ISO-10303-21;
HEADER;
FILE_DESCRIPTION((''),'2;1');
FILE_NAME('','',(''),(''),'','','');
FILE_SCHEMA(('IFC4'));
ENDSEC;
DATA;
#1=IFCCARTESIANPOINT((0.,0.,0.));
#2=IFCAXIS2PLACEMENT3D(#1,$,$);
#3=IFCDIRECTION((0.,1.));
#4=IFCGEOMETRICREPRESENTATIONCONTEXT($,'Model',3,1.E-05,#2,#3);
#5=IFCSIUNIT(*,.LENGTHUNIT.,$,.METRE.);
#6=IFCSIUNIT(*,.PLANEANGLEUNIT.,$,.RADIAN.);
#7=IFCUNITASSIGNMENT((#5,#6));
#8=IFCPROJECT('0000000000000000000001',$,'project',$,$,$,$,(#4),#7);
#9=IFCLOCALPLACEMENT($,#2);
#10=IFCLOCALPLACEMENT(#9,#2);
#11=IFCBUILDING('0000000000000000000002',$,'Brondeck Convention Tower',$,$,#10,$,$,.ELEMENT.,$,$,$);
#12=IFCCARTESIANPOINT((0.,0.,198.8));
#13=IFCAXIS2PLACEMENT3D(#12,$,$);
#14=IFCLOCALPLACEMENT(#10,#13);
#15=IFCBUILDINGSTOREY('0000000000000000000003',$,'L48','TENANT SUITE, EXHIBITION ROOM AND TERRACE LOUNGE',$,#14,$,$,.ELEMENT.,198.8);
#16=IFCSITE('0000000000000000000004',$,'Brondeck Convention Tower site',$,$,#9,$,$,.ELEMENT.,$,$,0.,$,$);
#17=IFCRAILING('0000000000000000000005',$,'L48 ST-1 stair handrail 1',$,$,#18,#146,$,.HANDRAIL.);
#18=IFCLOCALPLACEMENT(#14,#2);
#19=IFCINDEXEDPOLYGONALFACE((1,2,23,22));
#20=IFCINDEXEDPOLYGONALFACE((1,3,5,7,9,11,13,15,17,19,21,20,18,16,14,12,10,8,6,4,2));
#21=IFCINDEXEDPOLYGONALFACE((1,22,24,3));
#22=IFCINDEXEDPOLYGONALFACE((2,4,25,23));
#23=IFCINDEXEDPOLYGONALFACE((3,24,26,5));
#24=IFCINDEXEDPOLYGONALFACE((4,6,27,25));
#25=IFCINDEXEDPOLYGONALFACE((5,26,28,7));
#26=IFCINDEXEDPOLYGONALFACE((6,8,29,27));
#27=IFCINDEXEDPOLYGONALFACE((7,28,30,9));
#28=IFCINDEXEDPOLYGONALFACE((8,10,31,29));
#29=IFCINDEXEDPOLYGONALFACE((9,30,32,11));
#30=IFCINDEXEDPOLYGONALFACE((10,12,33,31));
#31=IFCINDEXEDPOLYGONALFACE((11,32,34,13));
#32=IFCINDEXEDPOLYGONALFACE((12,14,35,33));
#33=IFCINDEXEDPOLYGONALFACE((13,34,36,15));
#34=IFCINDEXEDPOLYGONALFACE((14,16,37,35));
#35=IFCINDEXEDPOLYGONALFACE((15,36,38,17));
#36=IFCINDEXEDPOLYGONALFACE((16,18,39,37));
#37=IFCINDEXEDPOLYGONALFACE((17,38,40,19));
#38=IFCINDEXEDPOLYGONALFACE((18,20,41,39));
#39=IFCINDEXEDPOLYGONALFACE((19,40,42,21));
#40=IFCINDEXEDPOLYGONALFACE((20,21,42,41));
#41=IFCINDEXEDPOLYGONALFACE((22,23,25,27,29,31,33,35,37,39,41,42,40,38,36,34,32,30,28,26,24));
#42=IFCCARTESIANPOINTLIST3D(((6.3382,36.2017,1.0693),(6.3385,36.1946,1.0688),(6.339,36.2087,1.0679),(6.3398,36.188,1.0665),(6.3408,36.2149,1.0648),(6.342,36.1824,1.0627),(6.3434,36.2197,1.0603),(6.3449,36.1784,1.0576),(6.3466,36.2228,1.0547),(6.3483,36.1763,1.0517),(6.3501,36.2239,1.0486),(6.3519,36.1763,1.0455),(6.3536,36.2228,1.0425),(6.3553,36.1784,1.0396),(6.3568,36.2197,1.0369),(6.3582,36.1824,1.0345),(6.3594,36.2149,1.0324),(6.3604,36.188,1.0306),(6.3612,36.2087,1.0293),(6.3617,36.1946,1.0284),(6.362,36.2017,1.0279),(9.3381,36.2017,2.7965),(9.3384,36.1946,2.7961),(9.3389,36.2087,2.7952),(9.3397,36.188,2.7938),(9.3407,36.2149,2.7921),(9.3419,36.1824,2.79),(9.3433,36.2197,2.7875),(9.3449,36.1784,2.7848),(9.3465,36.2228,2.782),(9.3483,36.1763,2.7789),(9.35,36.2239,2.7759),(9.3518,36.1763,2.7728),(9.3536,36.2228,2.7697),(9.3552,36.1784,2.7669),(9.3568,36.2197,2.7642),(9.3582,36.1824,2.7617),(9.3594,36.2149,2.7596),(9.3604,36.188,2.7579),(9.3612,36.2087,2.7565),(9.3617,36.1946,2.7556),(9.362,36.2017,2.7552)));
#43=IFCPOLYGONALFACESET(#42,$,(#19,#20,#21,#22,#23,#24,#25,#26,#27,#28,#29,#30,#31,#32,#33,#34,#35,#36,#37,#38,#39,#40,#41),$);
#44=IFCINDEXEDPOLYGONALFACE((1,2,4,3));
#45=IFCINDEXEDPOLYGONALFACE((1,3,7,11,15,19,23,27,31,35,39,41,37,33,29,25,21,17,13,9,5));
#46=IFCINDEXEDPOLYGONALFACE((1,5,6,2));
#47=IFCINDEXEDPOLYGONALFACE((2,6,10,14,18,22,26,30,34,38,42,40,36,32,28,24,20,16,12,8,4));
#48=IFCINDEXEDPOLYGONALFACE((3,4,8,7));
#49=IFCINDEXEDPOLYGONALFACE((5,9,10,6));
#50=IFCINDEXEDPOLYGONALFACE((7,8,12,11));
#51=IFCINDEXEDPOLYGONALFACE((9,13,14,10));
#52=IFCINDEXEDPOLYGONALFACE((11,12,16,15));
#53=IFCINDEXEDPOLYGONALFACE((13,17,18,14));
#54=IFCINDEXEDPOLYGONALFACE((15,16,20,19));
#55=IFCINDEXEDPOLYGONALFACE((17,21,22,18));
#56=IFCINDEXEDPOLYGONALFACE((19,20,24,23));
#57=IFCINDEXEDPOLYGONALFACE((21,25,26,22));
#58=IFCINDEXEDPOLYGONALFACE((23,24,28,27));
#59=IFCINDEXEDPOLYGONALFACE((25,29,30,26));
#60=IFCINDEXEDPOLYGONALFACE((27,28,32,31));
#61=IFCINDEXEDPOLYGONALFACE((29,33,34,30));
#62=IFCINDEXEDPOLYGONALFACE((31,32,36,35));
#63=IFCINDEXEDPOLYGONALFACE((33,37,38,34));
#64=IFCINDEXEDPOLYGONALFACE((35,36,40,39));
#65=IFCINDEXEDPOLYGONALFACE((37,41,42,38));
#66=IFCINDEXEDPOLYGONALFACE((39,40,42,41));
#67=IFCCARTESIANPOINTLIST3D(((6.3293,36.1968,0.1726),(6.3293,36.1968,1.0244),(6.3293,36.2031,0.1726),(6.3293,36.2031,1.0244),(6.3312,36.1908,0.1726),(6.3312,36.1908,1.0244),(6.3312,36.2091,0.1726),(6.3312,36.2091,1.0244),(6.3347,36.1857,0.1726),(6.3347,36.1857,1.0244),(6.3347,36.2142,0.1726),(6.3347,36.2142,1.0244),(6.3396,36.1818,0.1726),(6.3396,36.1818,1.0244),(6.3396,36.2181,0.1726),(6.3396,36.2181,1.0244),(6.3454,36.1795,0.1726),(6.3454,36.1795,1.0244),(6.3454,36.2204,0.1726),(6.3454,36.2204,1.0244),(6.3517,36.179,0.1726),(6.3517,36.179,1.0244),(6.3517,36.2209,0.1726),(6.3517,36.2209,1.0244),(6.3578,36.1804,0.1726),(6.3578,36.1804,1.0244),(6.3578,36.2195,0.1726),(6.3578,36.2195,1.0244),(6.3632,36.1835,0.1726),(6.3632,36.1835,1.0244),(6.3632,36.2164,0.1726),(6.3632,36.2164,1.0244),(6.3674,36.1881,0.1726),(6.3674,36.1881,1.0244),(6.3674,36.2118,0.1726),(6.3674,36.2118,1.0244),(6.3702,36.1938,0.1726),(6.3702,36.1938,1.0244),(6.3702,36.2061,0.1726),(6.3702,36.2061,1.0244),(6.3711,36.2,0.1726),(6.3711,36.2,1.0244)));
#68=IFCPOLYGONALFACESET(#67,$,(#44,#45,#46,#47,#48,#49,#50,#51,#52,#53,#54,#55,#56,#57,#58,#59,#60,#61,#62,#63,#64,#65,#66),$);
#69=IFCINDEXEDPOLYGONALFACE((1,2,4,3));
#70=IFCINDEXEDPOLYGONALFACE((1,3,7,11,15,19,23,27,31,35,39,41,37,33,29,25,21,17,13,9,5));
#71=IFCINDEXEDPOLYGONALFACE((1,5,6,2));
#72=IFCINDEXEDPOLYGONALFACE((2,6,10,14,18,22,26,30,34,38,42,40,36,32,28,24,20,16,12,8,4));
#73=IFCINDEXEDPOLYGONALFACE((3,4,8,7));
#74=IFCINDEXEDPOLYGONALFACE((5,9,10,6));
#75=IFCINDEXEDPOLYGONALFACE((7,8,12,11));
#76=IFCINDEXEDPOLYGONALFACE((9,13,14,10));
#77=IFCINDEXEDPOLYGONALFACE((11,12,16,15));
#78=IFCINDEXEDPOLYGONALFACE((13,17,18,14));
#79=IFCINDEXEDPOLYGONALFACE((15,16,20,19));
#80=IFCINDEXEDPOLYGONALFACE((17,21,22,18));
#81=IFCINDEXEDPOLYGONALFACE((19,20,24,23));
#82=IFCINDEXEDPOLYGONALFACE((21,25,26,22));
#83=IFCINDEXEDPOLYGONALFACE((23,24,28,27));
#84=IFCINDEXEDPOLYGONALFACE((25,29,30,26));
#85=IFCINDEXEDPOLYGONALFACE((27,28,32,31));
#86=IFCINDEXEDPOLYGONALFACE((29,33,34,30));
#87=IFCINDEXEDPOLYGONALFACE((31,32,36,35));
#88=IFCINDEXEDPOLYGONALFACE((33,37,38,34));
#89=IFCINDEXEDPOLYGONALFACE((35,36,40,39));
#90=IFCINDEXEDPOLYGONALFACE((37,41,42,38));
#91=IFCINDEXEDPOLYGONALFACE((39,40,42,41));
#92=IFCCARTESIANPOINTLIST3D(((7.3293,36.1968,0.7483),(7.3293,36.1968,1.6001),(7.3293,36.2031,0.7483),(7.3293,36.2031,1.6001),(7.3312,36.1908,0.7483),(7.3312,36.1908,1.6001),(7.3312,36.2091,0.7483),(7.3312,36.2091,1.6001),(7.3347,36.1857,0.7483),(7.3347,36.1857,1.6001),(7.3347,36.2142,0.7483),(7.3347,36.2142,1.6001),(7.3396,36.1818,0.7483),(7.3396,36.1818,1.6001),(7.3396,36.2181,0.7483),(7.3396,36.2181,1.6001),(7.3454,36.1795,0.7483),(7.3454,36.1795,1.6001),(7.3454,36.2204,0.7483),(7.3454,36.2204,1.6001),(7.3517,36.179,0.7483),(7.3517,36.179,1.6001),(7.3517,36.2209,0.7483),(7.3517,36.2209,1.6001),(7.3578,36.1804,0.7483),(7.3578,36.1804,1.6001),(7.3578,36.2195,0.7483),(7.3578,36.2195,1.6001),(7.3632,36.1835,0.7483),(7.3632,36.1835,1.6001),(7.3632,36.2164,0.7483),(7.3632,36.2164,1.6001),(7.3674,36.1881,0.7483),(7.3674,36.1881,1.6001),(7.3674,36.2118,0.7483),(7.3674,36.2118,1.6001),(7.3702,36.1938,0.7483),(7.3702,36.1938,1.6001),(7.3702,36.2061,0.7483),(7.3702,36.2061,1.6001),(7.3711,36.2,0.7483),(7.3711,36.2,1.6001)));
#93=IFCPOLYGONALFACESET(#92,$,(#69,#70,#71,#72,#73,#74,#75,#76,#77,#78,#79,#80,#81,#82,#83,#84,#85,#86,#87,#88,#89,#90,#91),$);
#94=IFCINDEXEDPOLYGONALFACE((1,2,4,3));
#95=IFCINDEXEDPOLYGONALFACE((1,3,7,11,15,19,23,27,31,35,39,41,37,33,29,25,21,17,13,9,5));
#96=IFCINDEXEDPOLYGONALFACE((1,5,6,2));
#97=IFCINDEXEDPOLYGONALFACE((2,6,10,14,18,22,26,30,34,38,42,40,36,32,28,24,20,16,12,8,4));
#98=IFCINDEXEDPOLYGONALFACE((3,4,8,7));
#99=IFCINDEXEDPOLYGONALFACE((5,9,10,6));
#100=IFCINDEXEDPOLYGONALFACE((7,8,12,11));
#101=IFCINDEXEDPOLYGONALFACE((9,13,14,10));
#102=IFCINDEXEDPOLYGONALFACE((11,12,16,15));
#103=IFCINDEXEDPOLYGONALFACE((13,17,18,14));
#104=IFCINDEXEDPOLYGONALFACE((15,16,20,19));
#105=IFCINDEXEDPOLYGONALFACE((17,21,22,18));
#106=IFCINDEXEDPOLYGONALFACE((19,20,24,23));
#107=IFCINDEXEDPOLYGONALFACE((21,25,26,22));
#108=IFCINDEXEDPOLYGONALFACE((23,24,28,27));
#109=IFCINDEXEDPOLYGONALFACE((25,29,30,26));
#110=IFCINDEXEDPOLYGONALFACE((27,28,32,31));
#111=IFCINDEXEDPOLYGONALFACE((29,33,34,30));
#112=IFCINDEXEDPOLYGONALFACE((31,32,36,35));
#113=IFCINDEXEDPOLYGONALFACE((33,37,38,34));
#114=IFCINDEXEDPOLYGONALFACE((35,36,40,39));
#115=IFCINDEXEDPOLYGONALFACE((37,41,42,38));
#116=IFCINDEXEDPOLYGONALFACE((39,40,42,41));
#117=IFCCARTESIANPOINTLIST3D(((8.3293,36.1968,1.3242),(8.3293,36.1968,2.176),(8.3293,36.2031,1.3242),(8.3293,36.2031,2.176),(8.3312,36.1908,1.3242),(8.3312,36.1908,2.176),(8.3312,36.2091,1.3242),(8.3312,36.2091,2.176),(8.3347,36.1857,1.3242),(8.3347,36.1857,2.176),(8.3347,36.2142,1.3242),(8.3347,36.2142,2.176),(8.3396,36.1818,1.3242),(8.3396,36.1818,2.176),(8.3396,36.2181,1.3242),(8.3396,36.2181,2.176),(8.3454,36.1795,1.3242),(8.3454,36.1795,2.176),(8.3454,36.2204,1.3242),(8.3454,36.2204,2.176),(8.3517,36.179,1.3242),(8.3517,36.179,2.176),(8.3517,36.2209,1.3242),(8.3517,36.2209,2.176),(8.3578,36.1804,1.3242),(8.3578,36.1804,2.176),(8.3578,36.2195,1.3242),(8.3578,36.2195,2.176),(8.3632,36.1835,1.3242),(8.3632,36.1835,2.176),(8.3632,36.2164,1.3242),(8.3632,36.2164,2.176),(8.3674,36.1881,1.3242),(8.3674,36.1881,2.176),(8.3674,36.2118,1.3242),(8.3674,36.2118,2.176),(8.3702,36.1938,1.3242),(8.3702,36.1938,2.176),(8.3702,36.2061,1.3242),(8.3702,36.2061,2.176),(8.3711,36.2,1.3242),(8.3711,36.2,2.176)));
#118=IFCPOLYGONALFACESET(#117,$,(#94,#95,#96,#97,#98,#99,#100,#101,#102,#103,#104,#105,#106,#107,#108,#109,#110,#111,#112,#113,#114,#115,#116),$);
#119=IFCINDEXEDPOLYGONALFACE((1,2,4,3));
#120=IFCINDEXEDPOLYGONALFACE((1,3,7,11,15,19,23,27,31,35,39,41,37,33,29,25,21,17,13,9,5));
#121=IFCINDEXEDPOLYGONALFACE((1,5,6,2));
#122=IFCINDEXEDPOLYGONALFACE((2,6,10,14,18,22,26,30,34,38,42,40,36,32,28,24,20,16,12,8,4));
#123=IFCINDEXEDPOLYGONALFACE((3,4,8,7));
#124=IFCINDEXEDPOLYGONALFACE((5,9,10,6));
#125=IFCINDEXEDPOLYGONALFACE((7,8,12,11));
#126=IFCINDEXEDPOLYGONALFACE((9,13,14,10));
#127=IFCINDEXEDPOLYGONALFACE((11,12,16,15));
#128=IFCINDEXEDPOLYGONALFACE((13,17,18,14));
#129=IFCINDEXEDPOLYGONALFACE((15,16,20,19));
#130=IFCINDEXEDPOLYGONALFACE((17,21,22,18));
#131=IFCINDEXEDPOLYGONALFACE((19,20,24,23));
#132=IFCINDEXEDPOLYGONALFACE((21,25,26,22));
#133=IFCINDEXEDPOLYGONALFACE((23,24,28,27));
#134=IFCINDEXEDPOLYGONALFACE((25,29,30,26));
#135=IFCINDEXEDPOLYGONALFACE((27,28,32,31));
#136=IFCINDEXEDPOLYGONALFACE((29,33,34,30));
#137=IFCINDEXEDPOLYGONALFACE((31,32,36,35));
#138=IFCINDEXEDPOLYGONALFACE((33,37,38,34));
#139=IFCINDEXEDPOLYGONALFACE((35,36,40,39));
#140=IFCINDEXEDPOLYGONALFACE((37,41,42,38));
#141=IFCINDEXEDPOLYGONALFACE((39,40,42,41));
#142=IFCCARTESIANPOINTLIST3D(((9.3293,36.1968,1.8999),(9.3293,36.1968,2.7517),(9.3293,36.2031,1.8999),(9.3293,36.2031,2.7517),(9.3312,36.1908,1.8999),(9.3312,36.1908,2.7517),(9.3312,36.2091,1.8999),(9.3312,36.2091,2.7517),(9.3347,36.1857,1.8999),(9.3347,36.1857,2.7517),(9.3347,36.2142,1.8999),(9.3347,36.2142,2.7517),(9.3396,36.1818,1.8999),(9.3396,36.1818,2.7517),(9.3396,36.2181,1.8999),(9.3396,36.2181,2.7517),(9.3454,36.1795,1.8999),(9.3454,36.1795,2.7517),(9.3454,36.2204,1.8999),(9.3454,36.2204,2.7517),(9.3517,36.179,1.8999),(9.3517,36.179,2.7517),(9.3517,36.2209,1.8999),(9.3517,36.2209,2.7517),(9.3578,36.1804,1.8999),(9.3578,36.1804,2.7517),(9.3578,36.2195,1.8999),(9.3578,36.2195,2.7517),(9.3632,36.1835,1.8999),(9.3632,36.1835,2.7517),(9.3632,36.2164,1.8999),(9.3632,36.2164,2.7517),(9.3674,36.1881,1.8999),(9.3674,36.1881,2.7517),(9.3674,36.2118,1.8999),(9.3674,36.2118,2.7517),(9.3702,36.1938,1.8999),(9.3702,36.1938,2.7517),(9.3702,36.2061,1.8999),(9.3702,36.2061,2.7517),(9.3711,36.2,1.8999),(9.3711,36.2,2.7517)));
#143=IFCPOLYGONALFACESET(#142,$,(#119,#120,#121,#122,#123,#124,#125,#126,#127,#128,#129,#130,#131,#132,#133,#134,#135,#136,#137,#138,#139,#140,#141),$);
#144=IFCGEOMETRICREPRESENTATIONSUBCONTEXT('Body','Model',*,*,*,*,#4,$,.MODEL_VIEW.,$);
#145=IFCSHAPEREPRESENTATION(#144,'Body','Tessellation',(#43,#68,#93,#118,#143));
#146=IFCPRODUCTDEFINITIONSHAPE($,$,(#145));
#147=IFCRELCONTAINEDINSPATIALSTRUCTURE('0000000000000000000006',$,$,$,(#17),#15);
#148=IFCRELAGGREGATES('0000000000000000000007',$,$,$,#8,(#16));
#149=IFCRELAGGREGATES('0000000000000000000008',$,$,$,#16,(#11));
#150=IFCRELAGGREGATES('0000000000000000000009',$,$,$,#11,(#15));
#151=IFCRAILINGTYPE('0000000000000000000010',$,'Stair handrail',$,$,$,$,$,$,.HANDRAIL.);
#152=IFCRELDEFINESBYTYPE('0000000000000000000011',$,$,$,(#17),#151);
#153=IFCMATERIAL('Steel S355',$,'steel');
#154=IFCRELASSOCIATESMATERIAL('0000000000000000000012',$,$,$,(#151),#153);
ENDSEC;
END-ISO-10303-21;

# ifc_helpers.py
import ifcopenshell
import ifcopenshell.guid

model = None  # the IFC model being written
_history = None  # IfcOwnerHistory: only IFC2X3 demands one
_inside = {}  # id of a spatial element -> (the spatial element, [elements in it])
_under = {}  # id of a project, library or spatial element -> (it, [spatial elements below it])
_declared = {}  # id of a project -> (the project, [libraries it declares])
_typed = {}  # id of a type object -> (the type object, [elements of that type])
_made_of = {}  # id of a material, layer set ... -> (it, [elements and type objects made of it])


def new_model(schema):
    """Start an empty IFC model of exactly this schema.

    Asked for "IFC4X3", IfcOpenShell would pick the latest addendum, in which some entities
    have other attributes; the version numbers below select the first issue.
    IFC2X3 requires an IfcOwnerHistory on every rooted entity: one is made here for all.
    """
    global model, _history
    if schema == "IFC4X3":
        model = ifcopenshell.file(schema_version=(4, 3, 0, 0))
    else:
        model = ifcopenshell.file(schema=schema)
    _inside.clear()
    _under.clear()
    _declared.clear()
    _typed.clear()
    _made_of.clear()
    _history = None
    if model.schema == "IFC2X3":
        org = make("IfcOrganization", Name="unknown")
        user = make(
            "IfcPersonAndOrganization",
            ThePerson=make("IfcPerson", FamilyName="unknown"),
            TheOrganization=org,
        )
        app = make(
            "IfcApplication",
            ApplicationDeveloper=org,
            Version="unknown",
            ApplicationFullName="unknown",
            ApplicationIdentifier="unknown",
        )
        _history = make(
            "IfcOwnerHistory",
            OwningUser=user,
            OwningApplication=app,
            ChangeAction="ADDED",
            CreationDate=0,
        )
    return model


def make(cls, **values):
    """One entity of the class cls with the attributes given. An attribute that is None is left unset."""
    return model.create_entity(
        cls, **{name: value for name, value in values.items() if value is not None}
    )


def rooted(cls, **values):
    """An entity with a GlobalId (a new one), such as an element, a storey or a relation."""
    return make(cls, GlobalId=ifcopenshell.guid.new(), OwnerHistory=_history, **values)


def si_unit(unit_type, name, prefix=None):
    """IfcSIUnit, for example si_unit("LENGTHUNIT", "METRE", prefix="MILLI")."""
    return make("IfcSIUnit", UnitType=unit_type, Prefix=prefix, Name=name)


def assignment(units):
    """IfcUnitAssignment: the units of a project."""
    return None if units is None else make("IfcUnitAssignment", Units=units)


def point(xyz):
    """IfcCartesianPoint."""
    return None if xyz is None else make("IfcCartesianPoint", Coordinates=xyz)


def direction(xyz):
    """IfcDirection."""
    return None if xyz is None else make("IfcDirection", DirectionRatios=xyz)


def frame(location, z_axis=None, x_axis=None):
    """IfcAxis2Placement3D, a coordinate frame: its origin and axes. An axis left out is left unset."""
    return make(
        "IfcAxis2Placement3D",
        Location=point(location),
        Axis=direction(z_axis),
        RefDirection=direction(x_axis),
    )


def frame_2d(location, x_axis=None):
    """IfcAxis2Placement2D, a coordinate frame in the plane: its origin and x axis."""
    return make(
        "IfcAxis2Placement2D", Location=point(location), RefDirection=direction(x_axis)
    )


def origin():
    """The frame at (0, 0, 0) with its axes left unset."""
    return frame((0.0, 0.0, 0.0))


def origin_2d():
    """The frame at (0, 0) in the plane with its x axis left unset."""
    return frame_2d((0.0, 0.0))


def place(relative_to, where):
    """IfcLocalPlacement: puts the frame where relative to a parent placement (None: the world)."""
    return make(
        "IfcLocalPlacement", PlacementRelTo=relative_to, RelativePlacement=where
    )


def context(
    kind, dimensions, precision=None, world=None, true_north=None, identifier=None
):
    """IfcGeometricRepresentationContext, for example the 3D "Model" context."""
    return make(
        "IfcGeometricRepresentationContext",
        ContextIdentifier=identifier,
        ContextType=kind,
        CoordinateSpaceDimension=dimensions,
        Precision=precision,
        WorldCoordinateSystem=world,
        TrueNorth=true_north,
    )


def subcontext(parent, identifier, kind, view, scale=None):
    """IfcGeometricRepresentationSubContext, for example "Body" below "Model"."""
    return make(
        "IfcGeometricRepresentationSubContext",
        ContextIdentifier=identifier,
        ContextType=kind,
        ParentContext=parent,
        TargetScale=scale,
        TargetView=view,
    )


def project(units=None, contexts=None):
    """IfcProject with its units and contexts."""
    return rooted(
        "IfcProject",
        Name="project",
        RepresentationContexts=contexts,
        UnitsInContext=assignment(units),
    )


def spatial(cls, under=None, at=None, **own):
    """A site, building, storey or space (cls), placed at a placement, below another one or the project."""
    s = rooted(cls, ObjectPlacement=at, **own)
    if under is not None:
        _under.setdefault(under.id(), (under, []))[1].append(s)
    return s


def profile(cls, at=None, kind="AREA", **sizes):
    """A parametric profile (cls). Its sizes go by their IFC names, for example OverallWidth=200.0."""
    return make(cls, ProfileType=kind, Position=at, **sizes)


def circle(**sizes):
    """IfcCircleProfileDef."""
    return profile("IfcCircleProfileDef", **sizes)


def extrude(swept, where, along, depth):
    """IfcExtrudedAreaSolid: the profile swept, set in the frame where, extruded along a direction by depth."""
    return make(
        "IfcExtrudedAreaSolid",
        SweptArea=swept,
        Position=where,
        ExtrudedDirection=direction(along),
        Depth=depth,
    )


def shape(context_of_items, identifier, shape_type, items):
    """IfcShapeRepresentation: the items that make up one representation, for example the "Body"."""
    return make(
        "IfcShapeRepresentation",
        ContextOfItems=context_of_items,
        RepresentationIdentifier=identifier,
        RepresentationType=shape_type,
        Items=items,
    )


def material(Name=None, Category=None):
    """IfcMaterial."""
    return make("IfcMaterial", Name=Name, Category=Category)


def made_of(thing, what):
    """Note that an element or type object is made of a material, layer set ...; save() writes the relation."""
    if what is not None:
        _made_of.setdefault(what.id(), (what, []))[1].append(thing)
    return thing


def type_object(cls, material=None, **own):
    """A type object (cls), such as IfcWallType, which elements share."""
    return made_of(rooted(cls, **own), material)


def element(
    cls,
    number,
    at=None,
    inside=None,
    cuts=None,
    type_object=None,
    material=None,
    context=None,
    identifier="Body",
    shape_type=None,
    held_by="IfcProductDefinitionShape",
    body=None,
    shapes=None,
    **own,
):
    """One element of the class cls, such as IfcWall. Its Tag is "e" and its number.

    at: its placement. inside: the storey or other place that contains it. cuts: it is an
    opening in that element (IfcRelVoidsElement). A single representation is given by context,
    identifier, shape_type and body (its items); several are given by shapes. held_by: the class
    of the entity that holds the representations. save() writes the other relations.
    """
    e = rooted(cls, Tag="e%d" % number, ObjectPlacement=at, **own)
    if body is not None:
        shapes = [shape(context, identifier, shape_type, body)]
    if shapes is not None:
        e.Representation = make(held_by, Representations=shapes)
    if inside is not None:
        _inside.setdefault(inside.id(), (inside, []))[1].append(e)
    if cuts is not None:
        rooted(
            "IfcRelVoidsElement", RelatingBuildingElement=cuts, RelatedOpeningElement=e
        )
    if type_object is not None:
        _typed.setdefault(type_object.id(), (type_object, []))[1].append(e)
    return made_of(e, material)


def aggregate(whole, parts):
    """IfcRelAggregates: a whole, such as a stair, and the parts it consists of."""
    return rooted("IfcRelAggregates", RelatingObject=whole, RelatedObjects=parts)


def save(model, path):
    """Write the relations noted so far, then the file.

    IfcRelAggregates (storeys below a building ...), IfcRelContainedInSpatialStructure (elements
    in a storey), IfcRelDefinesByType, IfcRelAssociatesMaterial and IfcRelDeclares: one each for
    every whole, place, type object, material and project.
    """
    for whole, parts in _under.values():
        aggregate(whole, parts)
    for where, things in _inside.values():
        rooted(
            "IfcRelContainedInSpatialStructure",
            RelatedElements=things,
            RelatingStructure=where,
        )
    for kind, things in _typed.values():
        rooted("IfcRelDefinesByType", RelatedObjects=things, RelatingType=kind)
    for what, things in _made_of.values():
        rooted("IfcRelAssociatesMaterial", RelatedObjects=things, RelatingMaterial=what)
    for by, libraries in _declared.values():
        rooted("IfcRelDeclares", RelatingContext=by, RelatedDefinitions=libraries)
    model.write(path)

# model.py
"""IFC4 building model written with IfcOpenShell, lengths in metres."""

from ifc_helpers import new_model, si_unit, direction, frame, origin, origin_2d, place, context, subcontext, project, spatial, circle, extrude, material, type_object, element, save


model = new_model("IFC4")

# Units and contexts
model_context = context("Model", 3, precision=1e-05, world=origin(), true_north=direction((0.0, 1.0)))
body_context = subcontext(model_context, "Body", "Model", "MODEL_VIEW")
ifc_project = project(units=[si_unit("LENGTHUNIT", "METRE"), si_unit("PLANEANGLEUNIT", "RADIAN")], contexts=[model_context])

# Site, building, storey
site_placement = place(None, origin())
site = spatial("IfcSite", under=ifc_project, at=site_placement, Name="Brondeck Convention Tower site", CompositionType="ELEMENT", RefElevation=0.0)
building_placement = place(site_placement, origin())
building = spatial("IfcBuilding", under=site, at=building_placement, Name="Brondeck Convention Tower", CompositionType="ELEMENT")
storey_placement = place(building_placement, frame((0.0, 0.0, 198.8)))
storey = spatial("IfcBuildingStorey", under=building, at=storey_placement, Name="L48", Description="TENANT SUITE, EXHIBITION ROOM AND TERRACE LOUNGE", CompositionType="ELEMENT", Elevation=198.8)

# Shared definitions
ifc_material_1 = material(Name="Steel S355", Category="steel")

# Railing
railing_type_1 = type_object("IfcRailingType", Name="Stair handrail", PredefinedType="HANDRAIL", material=ifc_material_1)
railing_1_placement = place(storey_placement, frame((6.3501, 36.2, 0.1726)))
element("IfcRailing", 1, at=railing_1_placement, inside=storey, type_object=railing_type_1, Name="L48 ST-1 stair handrail 1", PredefinedType="HANDRAIL", context=body_context, shape_type="SweptSolid", body=[
    extrude(circle(Radius=0.0239, at=origin_2d()), frame((0.0, 0.0, 0.876), z_axis=(0.86662, 0.0, 0.498969), x_axis=(0.0, 1.0, 0.0)), (0.0, 0.0, 1.0), 3.4617),
    extrude(circle(Radius=0.021, at=origin_2d()), origin(), (0.0, 0.0, 1.0), 0.8518),
    extrude(circle(Radius=0.021, at=origin_2d()), frame((1.0, 0.0, 0.5757)), (0.0, 0.0, 1.0), 0.8518),
    extrude(circle(Radius=0.021, at=origin_2d()), frame((2.0, 0.0, 1.1516)), (0.0, 0.0, 1.0), 0.8518),
    extrude(circle(Radius=0.021, at=origin_2d()), frame((3.0, 0.0, 1.7273)), (0.0, 0.0, 1.0), 0.8518),
])

save(model, "model.ifc")
